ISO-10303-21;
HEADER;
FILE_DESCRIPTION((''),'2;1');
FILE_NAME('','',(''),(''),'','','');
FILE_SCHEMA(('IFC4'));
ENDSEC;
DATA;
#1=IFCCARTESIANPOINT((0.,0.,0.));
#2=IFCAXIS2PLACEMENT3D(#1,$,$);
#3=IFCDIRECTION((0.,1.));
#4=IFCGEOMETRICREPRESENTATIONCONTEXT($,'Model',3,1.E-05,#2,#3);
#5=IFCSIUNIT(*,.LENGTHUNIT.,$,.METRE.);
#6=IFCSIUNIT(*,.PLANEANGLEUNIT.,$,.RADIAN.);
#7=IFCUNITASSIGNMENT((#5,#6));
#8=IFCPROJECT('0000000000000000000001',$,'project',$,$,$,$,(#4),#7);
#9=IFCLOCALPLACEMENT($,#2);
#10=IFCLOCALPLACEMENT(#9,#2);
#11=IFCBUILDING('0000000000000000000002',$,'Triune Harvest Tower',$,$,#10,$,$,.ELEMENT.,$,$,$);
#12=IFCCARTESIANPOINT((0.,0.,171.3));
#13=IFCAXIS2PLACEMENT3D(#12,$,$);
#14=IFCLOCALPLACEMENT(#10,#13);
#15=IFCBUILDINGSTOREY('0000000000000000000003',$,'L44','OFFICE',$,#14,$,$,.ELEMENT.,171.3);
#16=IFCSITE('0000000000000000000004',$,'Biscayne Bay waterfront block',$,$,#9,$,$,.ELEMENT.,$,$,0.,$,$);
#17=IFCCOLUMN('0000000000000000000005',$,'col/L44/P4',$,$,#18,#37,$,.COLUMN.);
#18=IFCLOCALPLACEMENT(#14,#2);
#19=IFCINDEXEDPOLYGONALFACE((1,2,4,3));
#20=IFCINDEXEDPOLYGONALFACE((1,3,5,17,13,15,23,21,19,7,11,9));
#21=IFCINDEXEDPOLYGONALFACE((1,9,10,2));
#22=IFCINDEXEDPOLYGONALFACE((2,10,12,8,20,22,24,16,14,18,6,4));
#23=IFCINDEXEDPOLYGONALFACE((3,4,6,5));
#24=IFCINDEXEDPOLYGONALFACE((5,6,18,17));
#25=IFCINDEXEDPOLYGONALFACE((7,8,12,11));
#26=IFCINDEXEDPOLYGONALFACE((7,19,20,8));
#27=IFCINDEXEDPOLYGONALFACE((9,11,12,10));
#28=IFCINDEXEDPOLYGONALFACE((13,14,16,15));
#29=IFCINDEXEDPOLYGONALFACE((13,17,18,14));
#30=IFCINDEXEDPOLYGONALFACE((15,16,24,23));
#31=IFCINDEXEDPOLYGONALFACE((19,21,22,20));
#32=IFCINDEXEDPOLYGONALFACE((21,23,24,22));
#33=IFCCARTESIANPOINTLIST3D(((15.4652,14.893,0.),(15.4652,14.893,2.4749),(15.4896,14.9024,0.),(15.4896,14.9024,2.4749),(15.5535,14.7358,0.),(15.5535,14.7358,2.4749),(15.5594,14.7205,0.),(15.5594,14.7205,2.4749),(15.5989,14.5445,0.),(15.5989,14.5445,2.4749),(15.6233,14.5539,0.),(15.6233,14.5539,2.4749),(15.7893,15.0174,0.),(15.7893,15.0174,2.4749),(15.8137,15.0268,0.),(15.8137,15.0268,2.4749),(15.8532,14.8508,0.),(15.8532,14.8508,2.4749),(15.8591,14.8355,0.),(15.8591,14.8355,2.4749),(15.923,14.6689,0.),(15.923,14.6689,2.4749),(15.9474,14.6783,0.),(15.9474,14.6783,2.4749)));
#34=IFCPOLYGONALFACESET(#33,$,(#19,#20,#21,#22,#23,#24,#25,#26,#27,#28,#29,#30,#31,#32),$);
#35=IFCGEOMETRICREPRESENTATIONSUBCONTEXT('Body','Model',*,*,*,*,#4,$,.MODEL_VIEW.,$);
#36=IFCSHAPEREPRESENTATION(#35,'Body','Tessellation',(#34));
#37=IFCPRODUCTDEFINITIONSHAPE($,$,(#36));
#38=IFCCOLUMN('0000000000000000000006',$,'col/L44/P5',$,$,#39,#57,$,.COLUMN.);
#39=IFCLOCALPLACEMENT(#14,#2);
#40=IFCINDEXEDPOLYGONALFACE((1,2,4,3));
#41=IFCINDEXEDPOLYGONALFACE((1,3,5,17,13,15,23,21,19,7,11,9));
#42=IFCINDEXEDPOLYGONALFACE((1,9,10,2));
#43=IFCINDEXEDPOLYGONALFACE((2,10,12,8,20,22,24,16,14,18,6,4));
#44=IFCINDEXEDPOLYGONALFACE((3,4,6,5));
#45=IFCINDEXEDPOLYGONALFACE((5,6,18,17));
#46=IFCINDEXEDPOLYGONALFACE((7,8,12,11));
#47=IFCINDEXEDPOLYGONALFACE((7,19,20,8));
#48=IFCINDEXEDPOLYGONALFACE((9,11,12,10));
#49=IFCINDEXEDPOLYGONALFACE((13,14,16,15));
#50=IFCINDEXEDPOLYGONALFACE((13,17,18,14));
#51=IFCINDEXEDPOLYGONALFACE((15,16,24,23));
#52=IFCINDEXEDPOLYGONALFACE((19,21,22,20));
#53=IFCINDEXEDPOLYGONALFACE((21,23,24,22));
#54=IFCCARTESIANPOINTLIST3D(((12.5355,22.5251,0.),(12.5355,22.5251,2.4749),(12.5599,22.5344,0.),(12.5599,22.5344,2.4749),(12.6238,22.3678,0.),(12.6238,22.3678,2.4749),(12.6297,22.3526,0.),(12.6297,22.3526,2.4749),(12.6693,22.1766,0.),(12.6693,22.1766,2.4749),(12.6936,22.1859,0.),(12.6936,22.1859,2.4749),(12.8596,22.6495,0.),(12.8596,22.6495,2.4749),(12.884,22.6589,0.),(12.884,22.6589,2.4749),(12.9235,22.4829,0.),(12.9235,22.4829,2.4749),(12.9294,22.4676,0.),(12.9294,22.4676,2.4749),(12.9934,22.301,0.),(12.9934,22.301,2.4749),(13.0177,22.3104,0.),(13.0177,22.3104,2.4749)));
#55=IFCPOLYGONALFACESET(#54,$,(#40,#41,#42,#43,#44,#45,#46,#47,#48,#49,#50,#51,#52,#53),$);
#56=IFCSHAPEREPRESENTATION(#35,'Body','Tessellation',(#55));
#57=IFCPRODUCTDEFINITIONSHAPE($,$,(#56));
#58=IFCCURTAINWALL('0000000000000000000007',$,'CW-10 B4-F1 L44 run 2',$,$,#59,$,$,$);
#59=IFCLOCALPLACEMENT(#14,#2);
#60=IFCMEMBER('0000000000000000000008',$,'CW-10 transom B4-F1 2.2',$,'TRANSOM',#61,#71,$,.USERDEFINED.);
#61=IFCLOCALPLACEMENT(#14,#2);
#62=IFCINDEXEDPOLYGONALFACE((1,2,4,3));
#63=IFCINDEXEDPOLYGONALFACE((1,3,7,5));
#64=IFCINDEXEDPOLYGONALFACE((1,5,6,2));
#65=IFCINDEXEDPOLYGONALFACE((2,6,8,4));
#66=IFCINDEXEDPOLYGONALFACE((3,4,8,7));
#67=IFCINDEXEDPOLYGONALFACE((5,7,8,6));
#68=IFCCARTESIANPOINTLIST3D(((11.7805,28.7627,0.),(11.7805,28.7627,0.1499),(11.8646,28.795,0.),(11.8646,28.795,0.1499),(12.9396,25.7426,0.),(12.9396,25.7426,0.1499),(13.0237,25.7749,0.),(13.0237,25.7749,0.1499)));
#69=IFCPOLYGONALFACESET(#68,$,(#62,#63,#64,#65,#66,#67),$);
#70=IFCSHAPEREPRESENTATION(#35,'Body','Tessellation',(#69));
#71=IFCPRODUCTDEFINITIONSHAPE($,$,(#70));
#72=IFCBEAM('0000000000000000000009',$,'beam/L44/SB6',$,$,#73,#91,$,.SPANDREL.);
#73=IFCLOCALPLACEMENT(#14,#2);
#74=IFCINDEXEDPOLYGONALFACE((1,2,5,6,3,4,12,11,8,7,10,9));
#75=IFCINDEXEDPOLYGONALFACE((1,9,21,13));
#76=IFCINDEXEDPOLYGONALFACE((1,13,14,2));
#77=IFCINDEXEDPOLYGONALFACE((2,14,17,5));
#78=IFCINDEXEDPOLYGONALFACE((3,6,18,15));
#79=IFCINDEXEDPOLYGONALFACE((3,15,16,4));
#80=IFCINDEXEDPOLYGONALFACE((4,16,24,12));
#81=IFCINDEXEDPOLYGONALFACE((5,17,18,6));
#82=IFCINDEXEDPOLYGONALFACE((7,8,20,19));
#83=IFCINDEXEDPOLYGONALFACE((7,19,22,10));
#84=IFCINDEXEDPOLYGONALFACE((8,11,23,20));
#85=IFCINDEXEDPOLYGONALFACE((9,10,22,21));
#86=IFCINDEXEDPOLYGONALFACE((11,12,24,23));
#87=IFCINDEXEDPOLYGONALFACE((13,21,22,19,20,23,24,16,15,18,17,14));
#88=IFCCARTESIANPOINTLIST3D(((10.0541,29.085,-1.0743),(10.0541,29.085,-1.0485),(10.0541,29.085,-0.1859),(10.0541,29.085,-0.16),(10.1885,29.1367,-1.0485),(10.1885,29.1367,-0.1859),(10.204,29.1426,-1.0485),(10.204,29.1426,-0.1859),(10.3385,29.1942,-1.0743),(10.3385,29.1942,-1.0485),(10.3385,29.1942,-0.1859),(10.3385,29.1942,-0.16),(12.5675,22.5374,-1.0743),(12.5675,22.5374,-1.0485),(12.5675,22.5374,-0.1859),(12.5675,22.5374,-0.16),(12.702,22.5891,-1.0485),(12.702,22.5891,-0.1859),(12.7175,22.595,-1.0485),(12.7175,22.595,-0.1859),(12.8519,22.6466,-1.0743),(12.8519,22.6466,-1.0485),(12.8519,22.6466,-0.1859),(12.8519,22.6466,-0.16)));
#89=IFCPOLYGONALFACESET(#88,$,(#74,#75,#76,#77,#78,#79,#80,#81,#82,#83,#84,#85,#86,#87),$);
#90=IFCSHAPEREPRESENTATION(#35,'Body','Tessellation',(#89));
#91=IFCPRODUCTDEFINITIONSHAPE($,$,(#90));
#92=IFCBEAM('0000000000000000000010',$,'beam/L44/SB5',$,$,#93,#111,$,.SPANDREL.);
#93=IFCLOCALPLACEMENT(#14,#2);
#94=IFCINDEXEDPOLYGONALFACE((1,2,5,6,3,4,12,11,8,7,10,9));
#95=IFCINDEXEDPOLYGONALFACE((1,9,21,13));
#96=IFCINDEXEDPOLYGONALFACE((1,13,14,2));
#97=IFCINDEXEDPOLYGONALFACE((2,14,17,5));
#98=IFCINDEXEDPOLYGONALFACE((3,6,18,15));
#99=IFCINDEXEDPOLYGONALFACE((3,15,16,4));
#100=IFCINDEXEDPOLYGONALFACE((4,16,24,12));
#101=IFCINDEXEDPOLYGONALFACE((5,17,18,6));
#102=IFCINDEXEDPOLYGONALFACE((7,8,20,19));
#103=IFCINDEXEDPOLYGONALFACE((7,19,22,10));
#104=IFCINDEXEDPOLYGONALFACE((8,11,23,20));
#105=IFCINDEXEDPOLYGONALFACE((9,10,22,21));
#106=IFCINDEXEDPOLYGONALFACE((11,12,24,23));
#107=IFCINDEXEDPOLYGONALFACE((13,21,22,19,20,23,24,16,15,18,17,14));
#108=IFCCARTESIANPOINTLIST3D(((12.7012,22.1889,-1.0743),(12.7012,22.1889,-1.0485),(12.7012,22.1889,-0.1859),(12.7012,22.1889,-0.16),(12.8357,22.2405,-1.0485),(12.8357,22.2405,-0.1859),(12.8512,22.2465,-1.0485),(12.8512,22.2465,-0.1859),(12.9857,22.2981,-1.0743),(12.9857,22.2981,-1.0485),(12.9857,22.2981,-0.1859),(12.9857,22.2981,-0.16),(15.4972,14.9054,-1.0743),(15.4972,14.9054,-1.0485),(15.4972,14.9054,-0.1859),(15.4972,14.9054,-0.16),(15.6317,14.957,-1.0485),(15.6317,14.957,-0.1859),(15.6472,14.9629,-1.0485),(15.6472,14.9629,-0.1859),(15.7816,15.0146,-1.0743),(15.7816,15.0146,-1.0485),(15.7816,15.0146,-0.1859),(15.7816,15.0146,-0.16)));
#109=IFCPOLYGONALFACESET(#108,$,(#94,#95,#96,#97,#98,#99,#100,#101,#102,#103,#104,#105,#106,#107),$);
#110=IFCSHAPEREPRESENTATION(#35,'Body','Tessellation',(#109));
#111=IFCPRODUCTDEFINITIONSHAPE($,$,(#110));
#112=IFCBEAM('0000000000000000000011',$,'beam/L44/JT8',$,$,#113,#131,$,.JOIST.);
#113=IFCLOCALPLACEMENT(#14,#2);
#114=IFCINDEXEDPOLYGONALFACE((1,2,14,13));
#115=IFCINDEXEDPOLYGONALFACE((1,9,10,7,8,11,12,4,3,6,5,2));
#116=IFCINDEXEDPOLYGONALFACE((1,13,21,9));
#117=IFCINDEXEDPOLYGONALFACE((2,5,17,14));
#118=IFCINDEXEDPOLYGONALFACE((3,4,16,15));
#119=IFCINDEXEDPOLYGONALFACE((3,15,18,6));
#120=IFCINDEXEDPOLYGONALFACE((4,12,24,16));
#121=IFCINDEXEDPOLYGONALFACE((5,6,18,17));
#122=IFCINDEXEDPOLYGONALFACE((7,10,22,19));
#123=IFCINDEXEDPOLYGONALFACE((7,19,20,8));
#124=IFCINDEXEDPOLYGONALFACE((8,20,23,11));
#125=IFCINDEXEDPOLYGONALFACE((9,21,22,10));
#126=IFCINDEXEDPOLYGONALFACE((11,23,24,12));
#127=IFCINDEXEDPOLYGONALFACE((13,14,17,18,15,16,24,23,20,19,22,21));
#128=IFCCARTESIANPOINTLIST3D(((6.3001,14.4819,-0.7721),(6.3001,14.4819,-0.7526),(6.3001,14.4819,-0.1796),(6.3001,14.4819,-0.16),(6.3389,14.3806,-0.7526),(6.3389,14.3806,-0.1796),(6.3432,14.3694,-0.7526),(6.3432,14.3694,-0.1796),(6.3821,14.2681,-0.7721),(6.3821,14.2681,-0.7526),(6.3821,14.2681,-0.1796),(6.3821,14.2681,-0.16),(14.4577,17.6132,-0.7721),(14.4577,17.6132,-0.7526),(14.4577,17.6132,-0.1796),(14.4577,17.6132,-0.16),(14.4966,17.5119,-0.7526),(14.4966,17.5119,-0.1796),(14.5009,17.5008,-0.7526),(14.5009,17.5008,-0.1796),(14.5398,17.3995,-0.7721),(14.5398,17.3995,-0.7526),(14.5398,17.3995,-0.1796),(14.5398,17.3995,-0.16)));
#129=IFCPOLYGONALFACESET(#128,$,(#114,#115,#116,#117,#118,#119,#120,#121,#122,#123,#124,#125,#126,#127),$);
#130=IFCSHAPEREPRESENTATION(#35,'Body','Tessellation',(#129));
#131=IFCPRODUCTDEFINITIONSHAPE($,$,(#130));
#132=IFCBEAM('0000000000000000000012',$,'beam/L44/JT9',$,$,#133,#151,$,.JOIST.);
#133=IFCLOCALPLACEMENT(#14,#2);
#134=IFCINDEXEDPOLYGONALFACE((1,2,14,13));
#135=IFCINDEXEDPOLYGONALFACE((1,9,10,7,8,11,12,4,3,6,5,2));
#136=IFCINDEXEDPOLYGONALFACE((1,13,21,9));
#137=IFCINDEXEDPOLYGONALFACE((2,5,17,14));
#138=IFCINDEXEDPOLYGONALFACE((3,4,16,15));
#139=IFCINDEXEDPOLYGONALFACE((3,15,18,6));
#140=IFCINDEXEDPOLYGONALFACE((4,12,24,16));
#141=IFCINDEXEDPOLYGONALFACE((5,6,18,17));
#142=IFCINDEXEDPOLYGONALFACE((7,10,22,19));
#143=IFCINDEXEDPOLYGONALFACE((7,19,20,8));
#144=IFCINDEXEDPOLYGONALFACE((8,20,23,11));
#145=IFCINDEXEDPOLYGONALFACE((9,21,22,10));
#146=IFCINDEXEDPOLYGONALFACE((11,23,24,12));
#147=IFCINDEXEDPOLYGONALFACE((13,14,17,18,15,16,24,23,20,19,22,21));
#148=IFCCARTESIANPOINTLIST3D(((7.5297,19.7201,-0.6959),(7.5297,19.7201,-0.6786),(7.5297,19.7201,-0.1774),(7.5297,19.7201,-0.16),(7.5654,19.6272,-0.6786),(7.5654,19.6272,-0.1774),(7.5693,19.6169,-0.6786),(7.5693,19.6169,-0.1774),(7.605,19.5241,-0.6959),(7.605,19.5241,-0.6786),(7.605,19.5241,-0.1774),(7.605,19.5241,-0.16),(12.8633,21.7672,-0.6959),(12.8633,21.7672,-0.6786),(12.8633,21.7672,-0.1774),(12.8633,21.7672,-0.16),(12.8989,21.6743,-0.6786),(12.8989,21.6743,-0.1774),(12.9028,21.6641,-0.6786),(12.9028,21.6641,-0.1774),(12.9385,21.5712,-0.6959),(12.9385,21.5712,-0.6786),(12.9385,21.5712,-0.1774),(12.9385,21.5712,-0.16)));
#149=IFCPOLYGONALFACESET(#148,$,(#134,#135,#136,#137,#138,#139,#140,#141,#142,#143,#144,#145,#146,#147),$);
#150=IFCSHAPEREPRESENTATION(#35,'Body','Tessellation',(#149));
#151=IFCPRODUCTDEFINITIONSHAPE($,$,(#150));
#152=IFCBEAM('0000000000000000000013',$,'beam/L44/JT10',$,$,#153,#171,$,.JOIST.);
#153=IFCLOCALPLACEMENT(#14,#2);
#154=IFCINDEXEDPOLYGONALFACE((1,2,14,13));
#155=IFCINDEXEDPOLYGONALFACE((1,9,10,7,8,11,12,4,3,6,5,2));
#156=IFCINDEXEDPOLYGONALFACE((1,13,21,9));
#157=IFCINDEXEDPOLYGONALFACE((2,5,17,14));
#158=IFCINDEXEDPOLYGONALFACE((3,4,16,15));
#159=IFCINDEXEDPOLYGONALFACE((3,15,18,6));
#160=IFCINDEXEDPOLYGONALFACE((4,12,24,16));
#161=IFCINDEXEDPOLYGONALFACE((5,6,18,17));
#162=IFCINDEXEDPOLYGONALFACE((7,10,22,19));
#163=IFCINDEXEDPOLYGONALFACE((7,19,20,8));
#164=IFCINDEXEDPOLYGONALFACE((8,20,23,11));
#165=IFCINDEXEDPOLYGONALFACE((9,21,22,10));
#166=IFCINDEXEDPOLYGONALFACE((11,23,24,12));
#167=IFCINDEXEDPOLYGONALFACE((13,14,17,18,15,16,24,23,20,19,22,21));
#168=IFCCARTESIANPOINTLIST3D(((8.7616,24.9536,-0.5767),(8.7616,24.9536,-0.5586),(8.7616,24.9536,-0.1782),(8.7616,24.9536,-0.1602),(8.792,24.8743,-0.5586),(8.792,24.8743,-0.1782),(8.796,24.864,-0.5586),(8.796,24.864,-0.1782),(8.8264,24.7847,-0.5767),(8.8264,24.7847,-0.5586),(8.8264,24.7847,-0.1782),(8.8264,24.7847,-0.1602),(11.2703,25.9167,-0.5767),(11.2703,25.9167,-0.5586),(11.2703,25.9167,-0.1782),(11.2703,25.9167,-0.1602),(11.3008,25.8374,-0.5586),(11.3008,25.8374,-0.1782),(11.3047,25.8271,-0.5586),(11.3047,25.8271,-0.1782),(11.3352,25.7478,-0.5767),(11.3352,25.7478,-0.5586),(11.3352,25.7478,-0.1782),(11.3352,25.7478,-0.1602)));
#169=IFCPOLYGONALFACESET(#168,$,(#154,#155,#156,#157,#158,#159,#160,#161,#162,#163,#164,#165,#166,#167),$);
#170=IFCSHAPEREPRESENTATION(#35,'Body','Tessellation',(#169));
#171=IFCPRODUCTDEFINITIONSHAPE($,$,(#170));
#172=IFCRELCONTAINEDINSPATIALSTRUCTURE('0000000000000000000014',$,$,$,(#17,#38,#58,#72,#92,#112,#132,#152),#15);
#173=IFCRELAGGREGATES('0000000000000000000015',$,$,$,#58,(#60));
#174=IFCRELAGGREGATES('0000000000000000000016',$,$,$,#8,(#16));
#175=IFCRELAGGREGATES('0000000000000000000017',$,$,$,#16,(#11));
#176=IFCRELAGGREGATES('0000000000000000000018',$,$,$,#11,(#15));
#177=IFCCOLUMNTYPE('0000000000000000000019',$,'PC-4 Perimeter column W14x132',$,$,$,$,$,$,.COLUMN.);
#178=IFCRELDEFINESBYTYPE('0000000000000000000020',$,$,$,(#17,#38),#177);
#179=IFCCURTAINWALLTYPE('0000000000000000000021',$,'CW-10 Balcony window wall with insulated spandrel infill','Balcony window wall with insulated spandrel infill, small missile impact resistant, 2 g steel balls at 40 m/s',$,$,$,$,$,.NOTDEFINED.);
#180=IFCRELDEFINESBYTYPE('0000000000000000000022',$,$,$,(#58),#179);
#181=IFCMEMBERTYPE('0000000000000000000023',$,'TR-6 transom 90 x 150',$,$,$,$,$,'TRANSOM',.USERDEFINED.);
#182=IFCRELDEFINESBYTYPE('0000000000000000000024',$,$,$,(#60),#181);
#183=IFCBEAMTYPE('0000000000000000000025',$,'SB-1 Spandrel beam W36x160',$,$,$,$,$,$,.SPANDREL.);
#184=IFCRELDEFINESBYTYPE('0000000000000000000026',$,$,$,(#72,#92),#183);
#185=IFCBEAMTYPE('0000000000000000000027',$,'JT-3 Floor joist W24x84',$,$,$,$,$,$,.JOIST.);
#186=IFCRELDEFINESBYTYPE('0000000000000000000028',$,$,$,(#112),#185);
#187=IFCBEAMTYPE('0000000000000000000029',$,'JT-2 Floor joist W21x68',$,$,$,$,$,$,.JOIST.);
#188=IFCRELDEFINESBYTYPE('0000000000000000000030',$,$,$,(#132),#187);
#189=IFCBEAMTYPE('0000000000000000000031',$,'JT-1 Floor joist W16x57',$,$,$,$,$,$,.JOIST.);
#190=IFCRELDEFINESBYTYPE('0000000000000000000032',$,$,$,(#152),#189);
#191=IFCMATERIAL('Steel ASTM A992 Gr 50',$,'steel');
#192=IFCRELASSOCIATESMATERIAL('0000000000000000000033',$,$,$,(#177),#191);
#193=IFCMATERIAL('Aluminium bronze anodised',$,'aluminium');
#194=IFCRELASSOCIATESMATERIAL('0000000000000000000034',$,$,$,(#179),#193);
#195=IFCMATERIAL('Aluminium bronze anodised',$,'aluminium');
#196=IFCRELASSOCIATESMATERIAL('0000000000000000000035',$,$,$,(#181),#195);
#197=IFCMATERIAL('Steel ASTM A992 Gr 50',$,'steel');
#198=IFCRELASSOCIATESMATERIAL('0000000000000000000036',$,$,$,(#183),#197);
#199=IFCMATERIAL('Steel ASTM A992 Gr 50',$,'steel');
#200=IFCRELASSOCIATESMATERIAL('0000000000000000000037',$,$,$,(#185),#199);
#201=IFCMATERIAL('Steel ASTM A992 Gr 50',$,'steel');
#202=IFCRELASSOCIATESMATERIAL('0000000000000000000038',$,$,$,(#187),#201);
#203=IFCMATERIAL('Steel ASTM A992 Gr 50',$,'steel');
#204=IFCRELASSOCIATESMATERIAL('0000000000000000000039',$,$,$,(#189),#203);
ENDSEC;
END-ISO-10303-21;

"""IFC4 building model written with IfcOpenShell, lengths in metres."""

from ifc_helpers import new_model, si_unit, direction, frame, origin, origin_2d, place, context, subcontext, project, spatial, rectangle, i_section, extrude, source, transform, mapped, material, material_profile, profile_set, type_object, element, aggregate, save


model = new_model("IFC4")

# Units and contexts
model_context = context("Model", 3, precision=1e-05, world=origin(), true_north=direction((0.0, 1.0)))
body_context = subcontext(model_context, "Body", "Model", "MODEL_VIEW")
ifc_project = project(units=[si_unit("LENGTHUNIT", "METRE"), si_unit("PLANEANGLEUNIT", "RADIAN")], contexts=[model_context])

# Site, building, storey
site_placement = place(None, origin())
site = spatial("IfcSite", under=ifc_project, at=site_placement, Name="Biscayne Bay waterfront block", CompositionType="ELEMENT", RefElevation=0.0)
building_placement = place(site_placement, origin())
building = spatial("IfcBuilding", under=site, at=building_placement, Name="Triune Harvest Tower", CompositionType="ELEMENT")
storey_placement = place(building_placement, frame((0.0, 0.0, 171.3)))
storey = spatial("IfcBuildingStorey", under=building, at=storey_placement, Name="L44", Description="OFFICE", CompositionType="ELEMENT", Elevation=171.3)

# Columns
ifc_material_1 = material(Name="Steel ASTM A992 Gr 50", Category="steel")
ifc_material_profile_1 = material_profile(ifc_material_1, i_section(OverallWidth=0.3733, OverallDepth=0.3733, WebThickness=0.0164, FlangeThickness=0.0261, at=origin_2d()), Name="W14x132")
ifc_profile_set_1 = profile_set([ifc_material_profile_1], Name="Steel ASTM A992 Gr 50")
column_type = type_object("IfcColumnType", Name="PC-4 Perimeter column W14x132", PredefinedType="COLUMN", material=ifc_profile_set_1)
shared_shape_1 = source(origin(), body_context, "Body", "SweptSolid", [
    extrude(i_section(OverallWidth=0.3733, OverallDepth=0.3733, WebThickness=0.0164, FlangeThickness=0.0261, at=origin_2d()), origin(), (0.0, 0.0, 1.0), 2.4749),
])
for number, where, z_axis, x_axis, name in (
    (1, (15.7063, 14.7856, 0.0), (0.0, 0.0, 1.0), (-0.358368, 0.93358, 0.0), "col/L44/P4"),
    (2, (12.7766, 22.4177, 0.0), (0.0, 0.0, 1.0), (-0.358368, 0.93358, 0.0), "col/L44/P5"),
):
    element("IfcColumn", number, at=place(storey_placement, frame(where, z_axis=z_axis, x_axis=x_axis)), inside=storey, type_object=column_type, Name=name, PredefinedType="COLUMN", context=body_context, shape_type="MappedRepresentation", body=[
        mapped(shared_shape_1, transform((0.0, 0.0, 0.0), scale=1.0)),
    ])

# Curtain wall, member
ifc_material_2 = material(Name="Aluminium bronze anodised", Category="aluminium")
curtain_wall_type_1 = type_object("IfcCurtainWallType", Name="CW-10 Balcony window wall with insulated spandrel infill", Description="Balcony window wall with insulated spandrel infill, small missile impact resistant, 2 g steel balls at 40 m/s", PredefinedType="NOTDEFINED", material=ifc_material_2)
curtain_wall_1_placement = place(storey_placement, origin())
curtain_wall_1 = element("IfcCurtainWall", 3, at=curtain_wall_1_placement, inside=storey, type_object=curtain_wall_type_1, Name="CW-10 B4-F1 L44 run 2")
ifc_material_3 = material(Name="Aluminium bronze anodised", Category="aluminium")
ifc_material_profile_2 = material_profile(ifc_material_3, rectangle(XDim=0.0901, YDim=0.1499, at=origin_2d()), Name="TR-6 transom 90 x 150")
ifc_profile_set_2 = profile_set([ifc_material_profile_2], Name="Aluminium bronze anodised")
member_type_1 = type_object("IfcMemberType", Name="TR-6 transom 90 x 150", ElementType="TRANSOM", PredefinedType="USERDEFINED", material=ifc_profile_set_2)
member_1_placement = place(storey_placement, frame((12.9817, 25.7588, 0.075), z_axis=(-0.358342, 0.93359, 0.0), x_axis=(-0.93359, -0.358342, 0.0)))
member_1 = element("IfcMember", 4, at=member_1_placement, type_object=member_type_1, Name="CW-10 transom B4-F1 2.2", ObjectType="TRANSOM", PredefinedType="USERDEFINED", context=body_context, shape_type="SweptSolid", body=[
    extrude(rectangle(XDim=0.0901, YDim=0.1499, at=origin_2d()), origin(), (0.0, 0.0, 1.0), 3.2349),
])

# Beams
ifc_material_4 = material(Name="Steel ASTM A992 Gr 50", Category="steel")
ifc_material_profile_3 = material_profile(ifc_material_4, i_section(OverallWidth=0.3047, OverallDepth=0.9143, WebThickness=0.0166, FlangeThickness=0.0259, at=origin_2d()), Name="W36x160")
ifc_profile_set_3 = profile_set([ifc_material_profile_3], Name="Steel ASTM A992 Gr 50")
beam_type_1 = type_object("IfcBeamType", Name="SB-1 Spandrel beam W36x160", PredefinedType="SPANDREL", material=ifc_profile_set_3)
shared_shape_2 = source(origin(), body_context, "Body", "SweptSolid", [
    extrude(i_section(OverallWidth=0.3047, OverallDepth=0.9143, WebThickness=0.0166, FlangeThickness=0.0259, at=origin_2d()), origin(), (0.0, 0.0, 1.0), 7.0134),
])
beam_1_placement = place(storey_placement, frame((12.7097, 22.592, -0.6172), z_axis=(-0.358373, 0.933579, 0.0), x_axis=(-0.933579, -0.358373, 0.0)))
element("IfcBeam", 5, at=beam_1_placement, inside=storey, type_object=beam_type_1, Name="beam/L44/SB6", PredefinedType="SPANDREL", context=body_context, shape_type="MappedRepresentation", body=[
    mapped(shared_shape_2, transform((0.0, 0.0, 0.0), scale=1.0)),
])
shared_shape_3 = source(origin(), body_context, "Body", "SweptSolid", [
    extrude(i_section(OverallWidth=0.3047, OverallDepth=0.9143, WebThickness=0.0166, FlangeThickness=0.0259, at=origin_2d()), origin(), (0.0, 0.0, 1.0), 7.8018),
])
beam_2_placement = place(storey_placement, frame((15.6394, 14.96, -0.6172), z_axis=(-0.358373, 0.933578, 0.0), x_axis=(-0.933578, -0.358373, 0.0)))
element("IfcBeam", 6, at=beam_2_placement, inside=storey, type_object=beam_type_1, Name="beam/L44/SB5", PredefinedType="SPANDREL", context=body_context, shape_type="MappedRepresentation", body=[
    mapped(shared_shape_3, transform((0.0, 0.0, 0.0), scale=1.0)),
])
ifc_material_5 = material(Name="Steel ASTM A992 Gr 50", Category="steel")
ifc_material_profile_4 = material_profile(ifc_material_5, i_section(OverallWidth=0.229, OverallDepth=0.6121, WebThickness=0.012, FlangeThickness=0.0195, at=origin_2d()), Name="W24x84")
ifc_profile_set_4 = profile_set([ifc_material_profile_4], Name="Steel ASTM A992 Gr 50")
beam_type_2 = type_object("IfcBeamType", Name="JT-3 Floor joist W24x84", PredefinedType="JOIST", material=ifc_profile_set_4)
shared_shape_4 = source(origin(), body_context, "Body", "SweptSolid", [
    extrude(i_section(OverallWidth=0.229, OverallDepth=0.6121, WebThickness=0.012, FlangeThickness=0.0195, at=origin_2d()), origin(), (0.0, 0.0, 1.0), 8.738),
])
beam_3_placement = place(storey_placement, frame((14.4988, 17.5063, -0.4661), z_axis=(-0.933584, -0.358357, 0.0), x_axis=(0.358357, -0.933584, 0.0)))
element("IfcBeam", 7, at=beam_3_placement, inside=storey, type_object=beam_type_2, Name="beam/L44/JT8", PredefinedType="JOIST", context=body_context, shape_type="MappedRepresentation", body=[
    mapped(shared_shape_4, transform((0.0, 0.0, 0.0), scale=1.0)),
])
ifc_material_6 = material(Name="Steel ASTM A992 Gr 50", Category="steel")
ifc_material_profile_5 = material_profile(ifc_material_6, i_section(OverallWidth=0.21, OverallDepth=0.5359, WebThickness=0.011, FlangeThickness=0.0173, at=origin_2d()), Name="W21x68")
ifc_profile_set_5 = profile_set([ifc_material_profile_5], Name="Steel ASTM A992 Gr 50")
beam_type_3 = type_object("IfcBeamType", Name="JT-2 Floor joist W21x68", PredefinedType="JOIST", material=ifc_profile_set_5)
shared_shape_5 = source(origin(), body_context, "Body", "SweptSolid", [
    extrude(i_section(OverallWidth=0.21, OverallDepth=0.5359, WebThickness=0.011, FlangeThickness=0.0173, at=origin_2d()), origin(), (0.0, 0.0, 1.0), 5.7129),
])
beam_4_placement = place(storey_placement, frame((12.9009, 21.6692, -0.428), z_axis=(-0.933593, -0.358335, 0.0), x_axis=(0.358335, -0.933593, 0.0)))
element("IfcBeam", 8, at=beam_4_placement, inside=storey, type_object=beam_type_3, Name="beam/L44/JT9", PredefinedType="JOIST", context=body_context, shape_type="MappedRepresentation", body=[
    mapped(shared_shape_5, transform((0.0, 0.0, 0.0), scale=1.0)),
])
ifc_material_7 = material(Name="Steel ASTM A992 Gr 50", Category="steel")
ifc_material_profile_6 = material_profile(ifc_material_7, i_section(OverallWidth=0.1809, OverallDepth=0.4165, WebThickness=0.011, FlangeThickness=0.0181, at=origin_2d()), Name="W16x57")
ifc_profile_set_6 = profile_set([ifc_material_profile_6], Name="Steel ASTM A992 Gr 50")
beam_type_4 = type_object("IfcBeamType", Name="JT-1 Floor joist W16x57", PredefinedType="JOIST", material=ifc_profile_set_6)
shared_shape_6 = source(origin(), body_context, "Body", "SweptSolid", [
    extrude(i_section(OverallWidth=0.1809, OverallDepth=0.4165, WebThickness=0.011, FlangeThickness=0.0181, at=origin_2d()), origin(), (0.0, 0.0, 1.0), 2.6873),
])
beam_5_placement = place(storey_placement, frame((11.3027, 25.8323, -0.3684), z_axis=(-0.933568, -0.358401, 0.0), x_axis=(0.358401, -0.933568, 0.0)))
element("IfcBeam", 9, at=beam_5_placement, inside=storey, type_object=beam_type_4, Name="beam/L44/JT10", PredefinedType="JOIST", context=body_context, shape_type="MappedRepresentation", body=[
    mapped(shared_shape_6, transform((0.0, 0.0, 0.0), scale=1.0)),
])

aggregate(curtain_wall_1, [member_1])

save(model, "model.ifc")
